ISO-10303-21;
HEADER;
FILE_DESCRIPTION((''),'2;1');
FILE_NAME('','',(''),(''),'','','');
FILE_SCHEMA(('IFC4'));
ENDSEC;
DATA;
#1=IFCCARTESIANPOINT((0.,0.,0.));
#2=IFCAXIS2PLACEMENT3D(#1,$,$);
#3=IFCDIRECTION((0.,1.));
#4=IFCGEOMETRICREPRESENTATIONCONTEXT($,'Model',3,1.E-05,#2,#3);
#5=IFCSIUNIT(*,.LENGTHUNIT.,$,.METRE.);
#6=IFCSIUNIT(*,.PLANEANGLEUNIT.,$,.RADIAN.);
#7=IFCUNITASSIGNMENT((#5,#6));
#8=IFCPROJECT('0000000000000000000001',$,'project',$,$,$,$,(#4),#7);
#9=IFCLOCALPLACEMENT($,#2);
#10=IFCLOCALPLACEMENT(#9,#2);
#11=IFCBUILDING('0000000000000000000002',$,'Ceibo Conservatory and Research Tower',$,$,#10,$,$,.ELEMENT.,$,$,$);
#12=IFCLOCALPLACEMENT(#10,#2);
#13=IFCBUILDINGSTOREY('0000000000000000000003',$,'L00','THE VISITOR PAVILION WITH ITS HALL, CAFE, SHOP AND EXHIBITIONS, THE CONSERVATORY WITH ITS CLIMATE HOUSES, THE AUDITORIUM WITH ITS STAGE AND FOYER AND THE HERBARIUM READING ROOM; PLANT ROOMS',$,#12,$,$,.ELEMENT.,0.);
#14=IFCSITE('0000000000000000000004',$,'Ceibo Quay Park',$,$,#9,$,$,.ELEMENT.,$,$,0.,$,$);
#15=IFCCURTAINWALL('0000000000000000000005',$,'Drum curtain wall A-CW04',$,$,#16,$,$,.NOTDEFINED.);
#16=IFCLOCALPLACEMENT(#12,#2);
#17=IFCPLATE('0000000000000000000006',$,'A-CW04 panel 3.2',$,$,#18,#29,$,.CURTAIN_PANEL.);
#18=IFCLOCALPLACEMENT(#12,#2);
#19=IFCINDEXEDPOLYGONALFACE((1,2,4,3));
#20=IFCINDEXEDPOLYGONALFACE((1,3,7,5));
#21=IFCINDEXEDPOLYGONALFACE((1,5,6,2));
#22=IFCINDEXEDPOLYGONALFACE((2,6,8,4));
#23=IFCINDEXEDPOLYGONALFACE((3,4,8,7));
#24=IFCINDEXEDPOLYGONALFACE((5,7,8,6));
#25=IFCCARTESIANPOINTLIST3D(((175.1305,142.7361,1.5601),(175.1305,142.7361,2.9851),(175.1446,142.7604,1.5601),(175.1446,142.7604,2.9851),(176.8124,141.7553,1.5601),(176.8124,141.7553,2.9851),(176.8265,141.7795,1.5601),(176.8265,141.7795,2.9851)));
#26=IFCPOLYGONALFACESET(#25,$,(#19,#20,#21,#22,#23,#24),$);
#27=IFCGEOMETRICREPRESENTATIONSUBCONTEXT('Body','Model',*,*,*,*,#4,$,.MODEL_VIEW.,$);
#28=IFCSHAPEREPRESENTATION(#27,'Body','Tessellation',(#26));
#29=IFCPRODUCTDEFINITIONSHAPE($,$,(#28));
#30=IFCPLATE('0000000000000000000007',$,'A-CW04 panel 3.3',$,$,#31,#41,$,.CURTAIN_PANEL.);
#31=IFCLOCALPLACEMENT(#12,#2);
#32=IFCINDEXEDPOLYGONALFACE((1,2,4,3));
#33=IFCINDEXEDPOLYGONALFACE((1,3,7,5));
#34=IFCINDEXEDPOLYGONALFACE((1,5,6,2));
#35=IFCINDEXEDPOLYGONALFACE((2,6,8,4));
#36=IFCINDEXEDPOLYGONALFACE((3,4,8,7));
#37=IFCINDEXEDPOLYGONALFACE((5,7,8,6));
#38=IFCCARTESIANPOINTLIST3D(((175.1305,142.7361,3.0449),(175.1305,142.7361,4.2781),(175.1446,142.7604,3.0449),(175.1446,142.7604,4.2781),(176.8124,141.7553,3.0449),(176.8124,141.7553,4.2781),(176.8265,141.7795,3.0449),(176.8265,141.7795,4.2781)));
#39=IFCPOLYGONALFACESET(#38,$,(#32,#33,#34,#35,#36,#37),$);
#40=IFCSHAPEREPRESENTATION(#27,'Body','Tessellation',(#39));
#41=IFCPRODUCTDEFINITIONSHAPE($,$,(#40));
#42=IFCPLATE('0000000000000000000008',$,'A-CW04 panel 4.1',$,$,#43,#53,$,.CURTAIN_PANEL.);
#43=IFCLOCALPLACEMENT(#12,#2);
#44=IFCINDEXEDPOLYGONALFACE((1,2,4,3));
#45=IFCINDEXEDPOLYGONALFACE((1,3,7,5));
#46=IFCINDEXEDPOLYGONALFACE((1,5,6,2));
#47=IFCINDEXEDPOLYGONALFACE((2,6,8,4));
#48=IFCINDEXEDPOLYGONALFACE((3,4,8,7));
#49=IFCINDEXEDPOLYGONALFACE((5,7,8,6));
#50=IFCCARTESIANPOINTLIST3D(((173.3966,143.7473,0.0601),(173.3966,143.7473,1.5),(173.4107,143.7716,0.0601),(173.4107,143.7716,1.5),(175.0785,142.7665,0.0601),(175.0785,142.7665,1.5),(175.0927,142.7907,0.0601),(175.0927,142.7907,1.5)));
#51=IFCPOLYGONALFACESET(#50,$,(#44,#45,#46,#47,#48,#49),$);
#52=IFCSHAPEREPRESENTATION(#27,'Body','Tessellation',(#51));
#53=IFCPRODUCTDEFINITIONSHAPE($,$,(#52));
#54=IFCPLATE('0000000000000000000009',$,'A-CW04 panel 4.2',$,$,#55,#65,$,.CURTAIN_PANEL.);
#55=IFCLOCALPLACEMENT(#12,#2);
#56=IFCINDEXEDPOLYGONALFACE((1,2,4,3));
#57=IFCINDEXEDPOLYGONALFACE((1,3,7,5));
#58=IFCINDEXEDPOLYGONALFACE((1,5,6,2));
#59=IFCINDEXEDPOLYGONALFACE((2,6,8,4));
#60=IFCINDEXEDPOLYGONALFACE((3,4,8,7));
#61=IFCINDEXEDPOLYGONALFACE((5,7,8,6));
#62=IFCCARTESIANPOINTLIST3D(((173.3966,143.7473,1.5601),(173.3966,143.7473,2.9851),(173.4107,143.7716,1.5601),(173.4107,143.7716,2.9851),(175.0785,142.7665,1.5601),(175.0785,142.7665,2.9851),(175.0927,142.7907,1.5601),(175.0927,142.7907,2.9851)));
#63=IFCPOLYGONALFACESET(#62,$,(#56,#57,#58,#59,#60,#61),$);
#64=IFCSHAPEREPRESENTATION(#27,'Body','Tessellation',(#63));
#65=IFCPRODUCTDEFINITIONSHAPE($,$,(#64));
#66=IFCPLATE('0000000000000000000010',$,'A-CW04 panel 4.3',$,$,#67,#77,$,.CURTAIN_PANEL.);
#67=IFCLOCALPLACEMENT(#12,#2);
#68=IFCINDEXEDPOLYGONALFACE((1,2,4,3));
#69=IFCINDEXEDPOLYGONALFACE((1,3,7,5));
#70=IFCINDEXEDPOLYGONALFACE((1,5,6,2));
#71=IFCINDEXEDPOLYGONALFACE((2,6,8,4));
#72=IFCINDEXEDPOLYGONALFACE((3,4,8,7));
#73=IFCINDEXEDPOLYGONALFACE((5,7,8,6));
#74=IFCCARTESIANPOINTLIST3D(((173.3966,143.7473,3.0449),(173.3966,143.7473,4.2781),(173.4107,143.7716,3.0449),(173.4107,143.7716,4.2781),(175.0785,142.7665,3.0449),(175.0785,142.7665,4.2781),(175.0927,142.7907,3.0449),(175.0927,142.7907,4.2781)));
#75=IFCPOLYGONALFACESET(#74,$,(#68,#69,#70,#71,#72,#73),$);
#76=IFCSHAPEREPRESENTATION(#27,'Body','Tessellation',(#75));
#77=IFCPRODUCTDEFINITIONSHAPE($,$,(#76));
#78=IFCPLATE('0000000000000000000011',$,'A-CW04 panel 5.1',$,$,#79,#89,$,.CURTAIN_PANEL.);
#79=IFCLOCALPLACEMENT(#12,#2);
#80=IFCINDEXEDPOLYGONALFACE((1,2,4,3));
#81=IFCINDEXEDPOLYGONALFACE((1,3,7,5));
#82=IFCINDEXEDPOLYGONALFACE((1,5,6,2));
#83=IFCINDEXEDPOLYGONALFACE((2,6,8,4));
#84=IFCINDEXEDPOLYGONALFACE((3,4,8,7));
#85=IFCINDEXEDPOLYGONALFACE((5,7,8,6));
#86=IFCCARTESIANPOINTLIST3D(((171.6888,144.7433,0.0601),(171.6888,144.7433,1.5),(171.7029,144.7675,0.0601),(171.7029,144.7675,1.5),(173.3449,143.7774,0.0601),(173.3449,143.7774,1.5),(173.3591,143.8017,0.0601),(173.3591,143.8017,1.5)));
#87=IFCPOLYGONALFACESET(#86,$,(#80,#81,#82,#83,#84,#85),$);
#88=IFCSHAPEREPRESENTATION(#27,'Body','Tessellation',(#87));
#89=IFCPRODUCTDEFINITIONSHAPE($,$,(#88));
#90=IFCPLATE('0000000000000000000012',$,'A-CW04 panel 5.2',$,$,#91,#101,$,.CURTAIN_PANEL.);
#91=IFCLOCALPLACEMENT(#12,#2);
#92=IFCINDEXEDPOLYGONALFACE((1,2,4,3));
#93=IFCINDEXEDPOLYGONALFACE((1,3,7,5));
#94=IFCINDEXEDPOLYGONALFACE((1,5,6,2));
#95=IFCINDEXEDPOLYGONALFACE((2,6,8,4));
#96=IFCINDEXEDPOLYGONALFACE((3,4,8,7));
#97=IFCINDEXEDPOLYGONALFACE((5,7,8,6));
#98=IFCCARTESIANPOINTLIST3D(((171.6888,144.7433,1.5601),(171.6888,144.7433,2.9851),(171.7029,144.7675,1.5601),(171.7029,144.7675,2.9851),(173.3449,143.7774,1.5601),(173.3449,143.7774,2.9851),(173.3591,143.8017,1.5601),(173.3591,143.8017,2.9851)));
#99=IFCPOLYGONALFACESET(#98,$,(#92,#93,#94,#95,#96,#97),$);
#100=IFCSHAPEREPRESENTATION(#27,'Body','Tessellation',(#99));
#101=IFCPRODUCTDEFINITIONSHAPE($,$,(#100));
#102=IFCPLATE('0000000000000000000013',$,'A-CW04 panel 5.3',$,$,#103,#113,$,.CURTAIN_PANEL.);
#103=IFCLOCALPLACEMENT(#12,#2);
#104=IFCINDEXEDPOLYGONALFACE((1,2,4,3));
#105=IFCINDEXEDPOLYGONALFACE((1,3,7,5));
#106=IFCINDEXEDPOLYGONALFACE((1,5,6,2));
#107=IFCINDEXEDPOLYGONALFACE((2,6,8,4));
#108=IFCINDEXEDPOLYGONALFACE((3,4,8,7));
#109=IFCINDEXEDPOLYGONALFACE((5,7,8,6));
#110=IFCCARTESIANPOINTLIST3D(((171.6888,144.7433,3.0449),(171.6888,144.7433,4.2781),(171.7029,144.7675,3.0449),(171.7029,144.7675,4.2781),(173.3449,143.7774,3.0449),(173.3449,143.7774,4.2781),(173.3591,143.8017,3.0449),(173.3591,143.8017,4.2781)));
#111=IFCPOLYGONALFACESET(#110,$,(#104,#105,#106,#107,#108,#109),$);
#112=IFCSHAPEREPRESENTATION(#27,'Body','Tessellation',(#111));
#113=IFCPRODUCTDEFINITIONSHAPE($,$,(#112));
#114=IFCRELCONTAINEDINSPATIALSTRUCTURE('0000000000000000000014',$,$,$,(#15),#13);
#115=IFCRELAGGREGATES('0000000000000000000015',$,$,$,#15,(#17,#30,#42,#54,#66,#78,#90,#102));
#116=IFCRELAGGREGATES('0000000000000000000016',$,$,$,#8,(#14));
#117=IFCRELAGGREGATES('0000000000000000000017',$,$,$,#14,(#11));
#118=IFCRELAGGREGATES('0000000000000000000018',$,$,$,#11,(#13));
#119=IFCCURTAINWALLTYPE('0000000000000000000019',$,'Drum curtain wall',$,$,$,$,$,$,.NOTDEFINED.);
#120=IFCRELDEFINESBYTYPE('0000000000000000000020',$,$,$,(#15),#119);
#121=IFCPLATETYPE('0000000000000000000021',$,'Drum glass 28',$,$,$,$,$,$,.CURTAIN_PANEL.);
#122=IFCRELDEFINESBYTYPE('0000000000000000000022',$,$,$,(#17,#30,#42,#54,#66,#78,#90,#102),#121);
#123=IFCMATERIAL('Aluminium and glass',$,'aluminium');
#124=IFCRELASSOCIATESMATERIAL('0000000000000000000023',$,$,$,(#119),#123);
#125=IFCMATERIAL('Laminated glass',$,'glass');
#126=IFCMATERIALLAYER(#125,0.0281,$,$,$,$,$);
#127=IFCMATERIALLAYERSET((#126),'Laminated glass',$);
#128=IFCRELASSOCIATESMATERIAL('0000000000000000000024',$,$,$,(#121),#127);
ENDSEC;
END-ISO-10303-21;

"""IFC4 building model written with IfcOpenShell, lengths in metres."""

from ifc_helpers import new_model, si_unit, direction, frame, origin, origin_2d, place, context, subcontext, project, spatial, rectangle, extrude, material, layer, layer_set, type_object, element, aggregate, save


model = new_model("IFC4")

# Units and contexts
model_context = context("Model", 3, precision=1e-05, world=origin(), true_north=direction((0.0, 1.0)))
body_context = subcontext(model_context, "Body", "Model", "MODEL_VIEW")
ifc_project = project(units=[si_unit("LENGTHUNIT", "METRE"), si_unit("PLANEANGLEUNIT", "RADIAN")], contexts=[model_context])

# Site, building, storey
site_placement = place(None, origin())
site = spatial("IfcSite", under=ifc_project, at=site_placement, Name="Ceibo Quay Park", CompositionType="ELEMENT", RefElevation=0.0)
building_placement = place(site_placement, origin())
building = spatial("IfcBuilding", under=site, at=building_placement, Name="Ceibo Conservatory and Research Tower", CompositionType="ELEMENT")
storey_placement = place(building_placement, origin())
storey = spatial("IfcBuildingStorey", under=building, at=storey_placement, Name="L00", Description="THE VISITOR PAVILION WITH ITS HALL, CAFE, SHOP AND EXHIBITIONS, THE CONSERVATORY WITH ITS CLIMATE HOUSES, THE AUDITORIUM WITH ITS STAGE AND FOYER AND THE HERBARIUM READING ROOM; PLANT ROOMS", CompositionType="ELEMENT", Elevation=0.0)

# Curtain wall, plates
ifc_material_1 = material(Name="Aluminium and glass", Category="aluminium")
curtain_wall_type = type_object("IfcCurtainWallType", Name="Drum curtain wall", PredefinedType="NOTDEFINED", material=ifc_material_1)
curtain_wall_placement = place(storey_placement, origin())
curtain_wall = element("IfcCurtainWall", 1, at=curtain_wall_placement, inside=storey, type_object=curtain_wall_type, Name="Drum curtain wall A-CW04", PredefinedType="NOTDEFINED")
ifc_material_2 = material(Name="Laminated glass", Category="glass")
ifc_layer = layer(ifc_material_2, 0.0281)
ifc_layer_set = layer_set([ifc_layer], Name="Laminated glass")
plate_type = type_object("IfcPlateType", Name="Drum glass 28", PredefinedType="CURTAIN_PANEL", material=ifc_layer_set)
plate_1_placement = place(storey_placement, frame((175.9785, 142.2578, 1.5601), z_axis=(0.0, 0.0, 1.0), x_axis=(-0.863836, 0.503774, 0.0)))
plate_1 = element("IfcPlate", 2, at=plate_1_placement, type_object=plate_type, Name="A-CW04 panel 3.2", PredefinedType="CURTAIN_PANEL", context=body_context, shape_type="SweptSolid", body=[
    extrude(rectangle(XDim=1.947, YDim=0.0281, at=origin_2d()), origin(), (0.0, 0.0, 1.0), 1.425),
])
plate_2_placement = place(storey_placement, frame((175.9785, 142.2578, 3.0449), z_axis=(0.0, 0.0, 1.0), x_axis=(-0.863836, 0.503774, 0.0)))
plate_2 = element("IfcPlate", 3, at=plate_2_placement, type_object=plate_type, Name="A-CW04 panel 3.3", PredefinedType="CURTAIN_PANEL", context=body_context, shape_type="SweptSolid", body=[
    extrude(rectangle(XDim=1.947, YDim=0.0281, at=origin_2d()), origin(), (0.0, 0.0, 1.0), 1.2332),
])
plate_3_placement = place(storey_placement, frame((174.2446, 143.269, 0.0601), z_axis=(0.0, 0.0, 1.0), x_axis=(-0.863836, 0.503774, 0.0)))
plate_3 = element("IfcPlate", 4, at=plate_3_placement, type_object=plate_type, Name="A-CW04 panel 4.1", PredefinedType="CURTAIN_PANEL", context=body_context, shape_type="SweptSolid", body=[
    extrude(rectangle(XDim=1.947, YDim=0.0281, at=origin_2d()), origin(), (0.0, 0.0, 1.0), 1.4399),
])
plate_4_placement = place(storey_placement, frame((174.2446, 143.269, 1.5601), z_axis=(0.0, 0.0, 1.0), x_axis=(-0.863836, 0.503774, 0.0)))
plate_4 = element("IfcPlate", 5, at=plate_4_placement, type_object=plate_type, Name="A-CW04 panel 4.2", PredefinedType="CURTAIN_PANEL", context=body_context, shape_type="SweptSolid", body=[
    extrude(rectangle(XDim=1.947, YDim=0.0281, at=origin_2d()), origin(), (0.0, 0.0, 1.0), 1.425),
])
plate_5_placement = place(storey_placement, frame((174.2446, 143.269, 3.0449), z_axis=(0.0, 0.0, 1.0), x_axis=(-0.863836, 0.503774, 0.0)))
plate_5 = element("IfcPlate", 6, at=plate_5_placement, type_object=plate_type, Name="A-CW04 panel 4.3", PredefinedType="CURTAIN_PANEL", context=body_context, shape_type="SweptSolid", body=[
    extrude(rectangle(XDim=1.947, YDim=0.0281, at=origin_2d()), origin(), (0.0, 0.0, 1.0), 1.2332),
])
plate_6_placement = place(storey_placement, frame((172.5239, 144.2725, 0.0601), z_axis=(0.0, 0.0, 1.0), x_axis=(-0.863836, 0.503774, 0.0)))
plate_6 = element("IfcPlate", 7, at=plate_6_placement, type_object=plate_type, Name="A-CW04 panel 5.1", PredefinedType="CURTAIN_PANEL", context=body_context, shape_type="SweptSolid", body=[
    extrude(rectangle(XDim=1.9172, YDim=0.0281, at=origin_2d()), origin(), (0.0, 0.0, 1.0), 1.4399),
])
plate_7_placement = place(storey_placement, frame((172.5239, 144.2725, 1.5601), z_axis=(0.0, 0.0, 1.0), x_axis=(-0.863836, 0.503774, 0.0)))
plate_7 = element("IfcPlate", 8, at=plate_7_placement, type_object=plate_type, Name="A-CW04 panel 5.2", PredefinedType="CURTAIN_PANEL", context=body_context, shape_type="SweptSolid", body=[
    extrude(rectangle(XDim=1.9172, YDim=0.0281, at=origin_2d()), origin(), (0.0, 0.0, 1.0), 1.425),
])
plate_8_placement = place(storey_placement, frame((172.5239, 144.2725, 3.0449), z_axis=(0.0, 0.0, 1.0), x_axis=(-0.863836, 0.503774, 0.0)))
plate_8 = element("IfcPlate", 9, at=plate_8_placement, type_object=plate_type, Name="A-CW04 panel 5.3", PredefinedType="CURTAIN_PANEL", context=body_context, shape_type="SweptSolid", body=[
    extrude(rectangle(XDim=1.9172, YDim=0.0281, at=origin_2d()), origin(), (0.0, 0.0, 1.0), 1.2332),
])
aggregate(curtain_wall, [plate_1, plate_2, plate_3, plate_4, plate_5, plate_6, plate_7, plate_8])

save(model, "model.ifc")
